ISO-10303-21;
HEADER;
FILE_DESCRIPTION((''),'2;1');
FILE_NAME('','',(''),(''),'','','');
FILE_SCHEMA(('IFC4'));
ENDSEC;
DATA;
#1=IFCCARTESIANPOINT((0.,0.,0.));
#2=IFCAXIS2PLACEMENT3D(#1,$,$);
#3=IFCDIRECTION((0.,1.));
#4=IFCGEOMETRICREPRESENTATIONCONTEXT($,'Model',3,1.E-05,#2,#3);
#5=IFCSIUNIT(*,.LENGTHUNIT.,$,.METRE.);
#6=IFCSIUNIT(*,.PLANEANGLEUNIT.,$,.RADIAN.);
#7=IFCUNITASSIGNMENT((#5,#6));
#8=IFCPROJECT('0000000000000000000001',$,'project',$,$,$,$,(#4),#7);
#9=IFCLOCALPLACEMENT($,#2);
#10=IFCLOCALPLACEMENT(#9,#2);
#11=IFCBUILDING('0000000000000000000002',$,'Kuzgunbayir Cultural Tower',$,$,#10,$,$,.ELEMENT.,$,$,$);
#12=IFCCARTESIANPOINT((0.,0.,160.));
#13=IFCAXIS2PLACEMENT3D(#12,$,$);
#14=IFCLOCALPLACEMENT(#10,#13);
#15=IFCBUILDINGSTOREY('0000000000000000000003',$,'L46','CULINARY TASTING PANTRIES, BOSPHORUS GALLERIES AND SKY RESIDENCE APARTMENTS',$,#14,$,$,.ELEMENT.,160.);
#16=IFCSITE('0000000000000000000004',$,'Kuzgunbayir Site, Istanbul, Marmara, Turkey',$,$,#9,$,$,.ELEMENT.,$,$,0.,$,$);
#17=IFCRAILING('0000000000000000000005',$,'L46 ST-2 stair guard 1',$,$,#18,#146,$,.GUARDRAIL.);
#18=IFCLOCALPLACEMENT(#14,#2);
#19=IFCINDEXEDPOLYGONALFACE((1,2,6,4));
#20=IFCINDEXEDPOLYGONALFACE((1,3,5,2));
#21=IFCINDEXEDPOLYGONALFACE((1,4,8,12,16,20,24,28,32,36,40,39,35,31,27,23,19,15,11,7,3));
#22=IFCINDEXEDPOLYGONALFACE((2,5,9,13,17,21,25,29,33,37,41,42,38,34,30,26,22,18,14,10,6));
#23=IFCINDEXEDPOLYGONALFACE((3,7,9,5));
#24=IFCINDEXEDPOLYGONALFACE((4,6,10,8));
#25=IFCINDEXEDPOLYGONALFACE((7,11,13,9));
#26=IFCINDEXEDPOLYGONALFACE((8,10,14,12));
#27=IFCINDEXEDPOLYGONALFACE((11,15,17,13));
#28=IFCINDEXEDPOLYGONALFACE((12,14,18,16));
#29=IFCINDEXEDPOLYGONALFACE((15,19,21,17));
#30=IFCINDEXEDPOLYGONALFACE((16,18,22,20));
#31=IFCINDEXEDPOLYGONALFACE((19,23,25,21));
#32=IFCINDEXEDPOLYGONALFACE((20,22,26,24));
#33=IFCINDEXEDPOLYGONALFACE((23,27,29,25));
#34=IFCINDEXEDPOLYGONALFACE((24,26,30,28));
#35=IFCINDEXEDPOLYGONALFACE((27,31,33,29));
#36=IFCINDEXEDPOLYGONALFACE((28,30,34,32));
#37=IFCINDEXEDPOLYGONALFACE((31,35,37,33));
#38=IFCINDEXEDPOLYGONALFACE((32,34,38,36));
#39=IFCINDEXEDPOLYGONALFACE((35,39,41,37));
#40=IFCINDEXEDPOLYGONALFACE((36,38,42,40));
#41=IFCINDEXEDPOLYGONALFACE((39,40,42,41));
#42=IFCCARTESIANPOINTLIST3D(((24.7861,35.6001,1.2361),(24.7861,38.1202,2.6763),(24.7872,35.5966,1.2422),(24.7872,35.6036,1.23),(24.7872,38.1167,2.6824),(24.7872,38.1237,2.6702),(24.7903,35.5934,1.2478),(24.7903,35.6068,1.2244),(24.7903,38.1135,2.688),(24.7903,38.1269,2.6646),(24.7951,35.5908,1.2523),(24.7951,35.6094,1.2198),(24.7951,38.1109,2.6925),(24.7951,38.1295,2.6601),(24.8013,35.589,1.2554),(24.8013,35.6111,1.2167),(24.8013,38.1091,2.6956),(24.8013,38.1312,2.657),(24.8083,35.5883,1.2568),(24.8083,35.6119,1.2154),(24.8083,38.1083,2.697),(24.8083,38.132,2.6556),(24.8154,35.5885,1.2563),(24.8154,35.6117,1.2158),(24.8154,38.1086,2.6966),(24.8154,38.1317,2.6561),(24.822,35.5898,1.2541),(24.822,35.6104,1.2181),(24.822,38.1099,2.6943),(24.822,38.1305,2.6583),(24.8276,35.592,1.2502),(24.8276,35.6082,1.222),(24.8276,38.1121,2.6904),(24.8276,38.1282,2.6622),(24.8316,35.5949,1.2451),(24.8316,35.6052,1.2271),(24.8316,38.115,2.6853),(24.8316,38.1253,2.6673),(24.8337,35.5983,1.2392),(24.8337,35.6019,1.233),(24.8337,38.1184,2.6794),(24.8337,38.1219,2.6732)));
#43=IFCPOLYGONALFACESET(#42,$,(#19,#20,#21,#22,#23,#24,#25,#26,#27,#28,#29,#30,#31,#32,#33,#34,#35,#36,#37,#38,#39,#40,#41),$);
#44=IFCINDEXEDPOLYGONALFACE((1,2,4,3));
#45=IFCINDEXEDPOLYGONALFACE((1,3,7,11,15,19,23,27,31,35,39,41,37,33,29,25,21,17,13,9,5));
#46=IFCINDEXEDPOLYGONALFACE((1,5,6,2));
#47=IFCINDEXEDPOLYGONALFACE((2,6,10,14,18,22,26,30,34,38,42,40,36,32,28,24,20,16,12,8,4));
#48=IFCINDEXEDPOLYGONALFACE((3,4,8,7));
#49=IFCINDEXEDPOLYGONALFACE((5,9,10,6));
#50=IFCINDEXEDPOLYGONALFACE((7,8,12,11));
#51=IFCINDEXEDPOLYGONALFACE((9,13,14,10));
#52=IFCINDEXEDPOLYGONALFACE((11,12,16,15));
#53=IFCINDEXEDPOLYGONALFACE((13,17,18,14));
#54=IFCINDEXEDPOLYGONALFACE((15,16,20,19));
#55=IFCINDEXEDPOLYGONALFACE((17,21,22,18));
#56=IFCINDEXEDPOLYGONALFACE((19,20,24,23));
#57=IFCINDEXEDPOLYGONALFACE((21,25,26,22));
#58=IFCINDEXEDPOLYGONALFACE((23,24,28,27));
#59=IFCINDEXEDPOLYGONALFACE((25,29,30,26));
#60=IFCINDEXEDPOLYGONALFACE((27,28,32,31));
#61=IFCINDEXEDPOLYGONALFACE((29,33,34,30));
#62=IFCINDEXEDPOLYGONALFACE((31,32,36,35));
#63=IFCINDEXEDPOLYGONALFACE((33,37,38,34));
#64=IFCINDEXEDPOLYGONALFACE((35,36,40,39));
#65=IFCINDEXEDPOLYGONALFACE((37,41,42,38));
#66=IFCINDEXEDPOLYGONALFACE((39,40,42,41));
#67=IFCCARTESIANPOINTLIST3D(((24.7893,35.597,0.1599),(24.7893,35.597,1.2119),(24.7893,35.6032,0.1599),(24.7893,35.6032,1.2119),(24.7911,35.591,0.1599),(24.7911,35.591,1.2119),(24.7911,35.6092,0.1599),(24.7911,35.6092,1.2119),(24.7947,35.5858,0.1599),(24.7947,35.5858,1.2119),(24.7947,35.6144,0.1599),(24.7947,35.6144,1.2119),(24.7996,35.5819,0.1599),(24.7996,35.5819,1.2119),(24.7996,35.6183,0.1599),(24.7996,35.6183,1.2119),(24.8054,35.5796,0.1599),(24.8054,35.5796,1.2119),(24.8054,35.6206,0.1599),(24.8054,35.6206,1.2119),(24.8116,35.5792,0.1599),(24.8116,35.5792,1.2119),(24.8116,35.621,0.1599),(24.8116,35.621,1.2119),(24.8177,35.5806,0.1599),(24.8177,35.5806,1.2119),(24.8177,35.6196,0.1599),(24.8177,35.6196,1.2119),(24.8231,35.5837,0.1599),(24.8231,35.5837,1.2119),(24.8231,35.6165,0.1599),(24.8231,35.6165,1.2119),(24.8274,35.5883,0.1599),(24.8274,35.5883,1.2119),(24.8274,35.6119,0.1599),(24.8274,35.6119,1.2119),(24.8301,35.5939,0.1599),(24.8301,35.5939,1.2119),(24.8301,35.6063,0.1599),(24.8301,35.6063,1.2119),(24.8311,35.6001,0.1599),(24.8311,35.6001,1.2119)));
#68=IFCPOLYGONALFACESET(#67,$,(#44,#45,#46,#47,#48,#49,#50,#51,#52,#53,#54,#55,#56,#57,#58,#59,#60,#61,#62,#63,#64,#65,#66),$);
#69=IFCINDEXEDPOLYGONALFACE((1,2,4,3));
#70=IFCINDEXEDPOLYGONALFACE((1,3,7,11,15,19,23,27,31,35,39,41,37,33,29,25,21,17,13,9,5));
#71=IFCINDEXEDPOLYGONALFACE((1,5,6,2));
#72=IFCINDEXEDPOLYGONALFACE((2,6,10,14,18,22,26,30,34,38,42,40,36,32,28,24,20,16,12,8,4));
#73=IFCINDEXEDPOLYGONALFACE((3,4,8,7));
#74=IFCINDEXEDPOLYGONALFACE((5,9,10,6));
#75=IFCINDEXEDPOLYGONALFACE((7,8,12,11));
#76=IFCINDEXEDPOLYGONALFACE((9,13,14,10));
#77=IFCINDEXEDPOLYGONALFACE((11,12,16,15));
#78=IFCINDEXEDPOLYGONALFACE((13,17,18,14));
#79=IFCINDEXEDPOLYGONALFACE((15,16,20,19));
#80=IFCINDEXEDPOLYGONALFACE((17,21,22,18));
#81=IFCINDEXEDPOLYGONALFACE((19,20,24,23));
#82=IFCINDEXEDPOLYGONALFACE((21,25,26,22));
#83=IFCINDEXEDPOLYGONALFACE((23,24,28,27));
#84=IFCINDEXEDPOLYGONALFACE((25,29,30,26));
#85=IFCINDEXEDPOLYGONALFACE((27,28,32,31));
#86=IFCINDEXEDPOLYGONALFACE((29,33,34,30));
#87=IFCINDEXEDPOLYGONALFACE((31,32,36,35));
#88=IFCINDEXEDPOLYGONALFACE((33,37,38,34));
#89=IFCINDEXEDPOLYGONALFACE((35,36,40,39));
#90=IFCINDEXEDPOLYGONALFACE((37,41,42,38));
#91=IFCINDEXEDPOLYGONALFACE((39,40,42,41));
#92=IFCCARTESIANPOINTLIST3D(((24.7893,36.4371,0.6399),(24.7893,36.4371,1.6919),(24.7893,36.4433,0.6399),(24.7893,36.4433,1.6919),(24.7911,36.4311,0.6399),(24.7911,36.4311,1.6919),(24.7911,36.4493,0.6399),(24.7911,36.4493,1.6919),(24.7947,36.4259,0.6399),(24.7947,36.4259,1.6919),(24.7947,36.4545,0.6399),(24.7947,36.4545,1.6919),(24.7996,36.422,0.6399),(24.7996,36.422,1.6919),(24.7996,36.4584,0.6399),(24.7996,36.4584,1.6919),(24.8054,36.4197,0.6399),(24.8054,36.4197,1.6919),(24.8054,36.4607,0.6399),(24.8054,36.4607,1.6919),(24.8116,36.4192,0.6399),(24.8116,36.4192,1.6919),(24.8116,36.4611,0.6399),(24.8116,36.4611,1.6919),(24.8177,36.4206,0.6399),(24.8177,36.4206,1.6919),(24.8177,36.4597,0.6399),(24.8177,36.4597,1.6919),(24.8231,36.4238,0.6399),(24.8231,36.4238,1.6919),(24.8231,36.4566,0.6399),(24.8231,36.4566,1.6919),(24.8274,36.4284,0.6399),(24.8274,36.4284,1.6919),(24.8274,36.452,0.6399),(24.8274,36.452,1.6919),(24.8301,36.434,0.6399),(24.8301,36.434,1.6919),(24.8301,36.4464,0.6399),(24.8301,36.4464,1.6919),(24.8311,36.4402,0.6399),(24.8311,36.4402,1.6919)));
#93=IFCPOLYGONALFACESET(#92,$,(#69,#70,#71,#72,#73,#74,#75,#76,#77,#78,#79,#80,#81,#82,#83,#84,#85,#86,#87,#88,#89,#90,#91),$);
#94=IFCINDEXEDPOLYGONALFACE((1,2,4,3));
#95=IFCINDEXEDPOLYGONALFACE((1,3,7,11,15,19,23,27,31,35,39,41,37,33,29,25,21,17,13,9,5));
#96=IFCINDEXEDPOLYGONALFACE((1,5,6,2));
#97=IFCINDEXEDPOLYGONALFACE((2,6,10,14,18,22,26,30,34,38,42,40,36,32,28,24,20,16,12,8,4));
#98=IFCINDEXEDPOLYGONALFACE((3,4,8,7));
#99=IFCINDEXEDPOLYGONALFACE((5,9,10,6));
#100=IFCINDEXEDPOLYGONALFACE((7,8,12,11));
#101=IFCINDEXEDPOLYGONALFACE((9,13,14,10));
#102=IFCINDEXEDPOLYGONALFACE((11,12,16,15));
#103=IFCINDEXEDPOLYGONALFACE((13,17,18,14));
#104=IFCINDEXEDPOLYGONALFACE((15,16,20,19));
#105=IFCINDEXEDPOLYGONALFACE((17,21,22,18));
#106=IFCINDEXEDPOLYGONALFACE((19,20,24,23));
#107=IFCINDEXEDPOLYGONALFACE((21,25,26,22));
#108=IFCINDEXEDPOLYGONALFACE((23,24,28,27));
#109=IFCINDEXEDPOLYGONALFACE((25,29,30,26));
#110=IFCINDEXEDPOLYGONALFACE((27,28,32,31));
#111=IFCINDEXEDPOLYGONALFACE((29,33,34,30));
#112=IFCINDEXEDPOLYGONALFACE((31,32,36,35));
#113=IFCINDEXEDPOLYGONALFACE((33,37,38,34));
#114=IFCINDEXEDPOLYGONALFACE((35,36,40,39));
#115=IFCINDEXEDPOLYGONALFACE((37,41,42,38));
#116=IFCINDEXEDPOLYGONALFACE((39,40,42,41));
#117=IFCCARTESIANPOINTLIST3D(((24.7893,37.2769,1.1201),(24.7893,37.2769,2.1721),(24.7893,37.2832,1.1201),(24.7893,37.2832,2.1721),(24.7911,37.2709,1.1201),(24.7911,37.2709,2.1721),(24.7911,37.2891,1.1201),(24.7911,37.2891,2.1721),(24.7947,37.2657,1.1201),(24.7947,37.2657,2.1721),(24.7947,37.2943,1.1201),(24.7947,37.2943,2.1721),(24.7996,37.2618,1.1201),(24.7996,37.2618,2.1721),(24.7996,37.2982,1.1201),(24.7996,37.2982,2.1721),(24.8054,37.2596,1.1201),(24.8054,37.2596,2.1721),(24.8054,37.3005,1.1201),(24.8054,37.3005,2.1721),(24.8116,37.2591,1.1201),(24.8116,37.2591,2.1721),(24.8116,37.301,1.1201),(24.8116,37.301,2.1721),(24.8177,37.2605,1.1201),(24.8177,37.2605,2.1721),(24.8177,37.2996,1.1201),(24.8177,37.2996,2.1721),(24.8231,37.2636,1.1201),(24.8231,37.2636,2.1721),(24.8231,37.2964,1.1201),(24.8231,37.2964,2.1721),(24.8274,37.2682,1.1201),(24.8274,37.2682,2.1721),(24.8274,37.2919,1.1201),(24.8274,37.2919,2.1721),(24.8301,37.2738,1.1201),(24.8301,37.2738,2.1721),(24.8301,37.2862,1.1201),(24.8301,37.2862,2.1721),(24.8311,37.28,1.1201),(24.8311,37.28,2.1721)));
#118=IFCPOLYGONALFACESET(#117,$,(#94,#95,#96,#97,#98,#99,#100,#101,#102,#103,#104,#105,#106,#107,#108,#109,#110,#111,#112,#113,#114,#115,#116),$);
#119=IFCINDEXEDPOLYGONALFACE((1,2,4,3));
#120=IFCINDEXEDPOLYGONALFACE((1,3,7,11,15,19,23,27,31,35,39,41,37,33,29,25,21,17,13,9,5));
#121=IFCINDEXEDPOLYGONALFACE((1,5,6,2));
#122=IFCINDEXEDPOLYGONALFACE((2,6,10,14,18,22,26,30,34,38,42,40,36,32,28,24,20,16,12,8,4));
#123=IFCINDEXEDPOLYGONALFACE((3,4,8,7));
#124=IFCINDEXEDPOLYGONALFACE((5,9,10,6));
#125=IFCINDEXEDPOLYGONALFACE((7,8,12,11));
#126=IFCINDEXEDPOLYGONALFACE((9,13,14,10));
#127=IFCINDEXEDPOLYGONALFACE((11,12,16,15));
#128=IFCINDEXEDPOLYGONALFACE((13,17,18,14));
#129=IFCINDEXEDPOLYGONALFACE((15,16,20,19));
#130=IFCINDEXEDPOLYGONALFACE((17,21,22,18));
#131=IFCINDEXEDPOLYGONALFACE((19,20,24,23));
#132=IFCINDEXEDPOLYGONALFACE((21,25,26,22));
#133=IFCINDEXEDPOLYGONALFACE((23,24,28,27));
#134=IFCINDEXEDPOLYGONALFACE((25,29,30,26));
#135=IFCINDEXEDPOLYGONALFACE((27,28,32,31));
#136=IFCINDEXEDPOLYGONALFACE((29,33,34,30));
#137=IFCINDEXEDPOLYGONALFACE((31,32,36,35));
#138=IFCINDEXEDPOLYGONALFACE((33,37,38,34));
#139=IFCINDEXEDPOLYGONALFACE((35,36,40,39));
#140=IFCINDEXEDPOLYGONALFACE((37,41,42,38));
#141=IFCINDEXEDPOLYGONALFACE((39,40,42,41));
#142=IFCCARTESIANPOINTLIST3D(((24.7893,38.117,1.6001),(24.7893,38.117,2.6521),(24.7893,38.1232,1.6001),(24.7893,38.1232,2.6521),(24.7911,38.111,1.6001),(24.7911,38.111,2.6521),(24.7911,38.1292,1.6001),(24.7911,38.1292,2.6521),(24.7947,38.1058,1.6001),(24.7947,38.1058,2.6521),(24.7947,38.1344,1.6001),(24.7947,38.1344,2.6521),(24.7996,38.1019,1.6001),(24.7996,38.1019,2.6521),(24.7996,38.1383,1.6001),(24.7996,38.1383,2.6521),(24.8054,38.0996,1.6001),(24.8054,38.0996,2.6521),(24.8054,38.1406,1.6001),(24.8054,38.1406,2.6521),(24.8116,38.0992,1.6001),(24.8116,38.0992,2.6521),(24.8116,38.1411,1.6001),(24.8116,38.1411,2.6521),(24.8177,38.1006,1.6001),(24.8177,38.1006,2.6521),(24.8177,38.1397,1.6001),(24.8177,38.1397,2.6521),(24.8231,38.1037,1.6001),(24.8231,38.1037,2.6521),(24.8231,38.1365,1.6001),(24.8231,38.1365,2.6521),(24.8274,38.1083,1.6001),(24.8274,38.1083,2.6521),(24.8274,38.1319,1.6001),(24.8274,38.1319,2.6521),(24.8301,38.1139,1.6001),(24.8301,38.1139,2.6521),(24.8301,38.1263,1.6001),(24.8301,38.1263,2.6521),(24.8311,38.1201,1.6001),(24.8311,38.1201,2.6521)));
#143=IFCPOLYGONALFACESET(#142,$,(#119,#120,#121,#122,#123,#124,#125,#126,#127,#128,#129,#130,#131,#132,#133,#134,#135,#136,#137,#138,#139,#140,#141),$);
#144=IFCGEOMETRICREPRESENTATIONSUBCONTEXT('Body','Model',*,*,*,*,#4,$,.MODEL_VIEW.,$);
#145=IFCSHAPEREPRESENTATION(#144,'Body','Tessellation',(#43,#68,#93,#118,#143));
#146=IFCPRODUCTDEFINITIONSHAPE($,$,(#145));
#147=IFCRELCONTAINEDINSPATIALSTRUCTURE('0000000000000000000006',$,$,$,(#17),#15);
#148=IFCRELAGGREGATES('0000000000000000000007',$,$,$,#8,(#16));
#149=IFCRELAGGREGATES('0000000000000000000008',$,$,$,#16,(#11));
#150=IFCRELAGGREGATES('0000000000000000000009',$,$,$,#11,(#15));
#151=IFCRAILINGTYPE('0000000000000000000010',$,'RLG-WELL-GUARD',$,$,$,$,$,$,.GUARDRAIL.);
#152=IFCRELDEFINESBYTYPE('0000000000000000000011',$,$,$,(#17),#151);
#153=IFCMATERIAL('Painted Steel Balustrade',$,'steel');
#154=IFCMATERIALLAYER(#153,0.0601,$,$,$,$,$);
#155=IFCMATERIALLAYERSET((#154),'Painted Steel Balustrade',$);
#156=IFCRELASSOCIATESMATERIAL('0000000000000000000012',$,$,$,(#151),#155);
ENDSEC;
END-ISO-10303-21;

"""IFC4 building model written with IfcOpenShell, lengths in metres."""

from ifc_helpers import new_model, si_unit, direction, frame, origin, origin_2d, place, context, subcontext, project, spatial, circle, extrude, material, layer, layer_set, type_object, element, save


model = new_model("IFC4")

# Units and contexts
model_context = context("Model", 3, precision=1e-05, world=origin(), true_north=direction((0.0, 1.0)))
body_context = subcontext(model_context, "Body", "Model", "MODEL_VIEW")
ifc_project = project(units=[si_unit("LENGTHUNIT", "METRE"), si_unit("PLANEANGLEUNIT", "RADIAN")], contexts=[model_context])

# Site, building, storey
site_placement = place(None, origin())
site = spatial("IfcSite", under=ifc_project, at=site_placement, Name="Kuzgunbayir Site, Istanbul, Marmara, Turkey", CompositionType="ELEMENT", RefElevation=0.0)
building_placement = place(site_placement, origin())
building = spatial("IfcBuilding", under=site, at=building_placement, Name="Kuzgunbayir Cultural Tower", CompositionType="ELEMENT")
storey_placement = place(building_placement, frame((0.0, 0.0, 160.0)))
storey = spatial("IfcBuildingStorey", under=building, at=storey_placement, Name="L46", Description="CULINARY TASTING PANTRIES, BOSPHORUS GALLERIES AND SKY RESIDENCE APARTMENTS", CompositionType="ELEMENT", Elevation=160.0)

# Railing
ifc_material_1 = material(Name="Painted Steel Balustrade", Category="steel")
ifc_layer_1 = layer(ifc_material_1, 0.0601)
ifc_layer_set_1 = layer_set([ifc_layer_1], Name="Painted Steel Balustrade")
railing_type_1 = type_object("IfcRailingType", Name="RLG-WELL-GUARD", PredefinedType="GUARDRAIL", material=ifc_layer_set_1)
railing_1_placement = place(storey_placement, frame((24.8101, 35.6001, 0.1599)))
element("IfcRailing", 1, at=railing_1_placement, inside=storey, type_object=railing_type_1, Name="L46 ST-2 stair guard 1", PredefinedType="GUARDRAIL", context=body_context, shape_type="SweptSolid", body=[
    extrude(circle(Radius=0.0239, at=origin_2d()), frame((0.0, 0.0, 1.0762), z_axis=(0.0, 0.868217, 0.496184), x_axis=(-1.0, 0.0, 0.0)), (0.0, 0.0, 1.0), 2.9026),
    extrude(circle(Radius=0.021, at=origin_2d()), origin(), (0.0, 0.0, 1.0), 1.052),
    extrude(circle(Radius=0.021, at=origin_2d()), frame((0.0, 0.8401, 0.48)), (0.0, 0.0, 1.0), 1.052),
    extrude(circle(Radius=0.021, at=origin_2d()), frame((0.0, 1.6799, 0.9602)), (0.0, 0.0, 1.0), 1.052),
    extrude(circle(Radius=0.021, at=origin_2d()), frame((0.0, 2.52, 1.4402)), (0.0, 0.0, 1.0), 1.052),
])

save(model, "model.ifc")
